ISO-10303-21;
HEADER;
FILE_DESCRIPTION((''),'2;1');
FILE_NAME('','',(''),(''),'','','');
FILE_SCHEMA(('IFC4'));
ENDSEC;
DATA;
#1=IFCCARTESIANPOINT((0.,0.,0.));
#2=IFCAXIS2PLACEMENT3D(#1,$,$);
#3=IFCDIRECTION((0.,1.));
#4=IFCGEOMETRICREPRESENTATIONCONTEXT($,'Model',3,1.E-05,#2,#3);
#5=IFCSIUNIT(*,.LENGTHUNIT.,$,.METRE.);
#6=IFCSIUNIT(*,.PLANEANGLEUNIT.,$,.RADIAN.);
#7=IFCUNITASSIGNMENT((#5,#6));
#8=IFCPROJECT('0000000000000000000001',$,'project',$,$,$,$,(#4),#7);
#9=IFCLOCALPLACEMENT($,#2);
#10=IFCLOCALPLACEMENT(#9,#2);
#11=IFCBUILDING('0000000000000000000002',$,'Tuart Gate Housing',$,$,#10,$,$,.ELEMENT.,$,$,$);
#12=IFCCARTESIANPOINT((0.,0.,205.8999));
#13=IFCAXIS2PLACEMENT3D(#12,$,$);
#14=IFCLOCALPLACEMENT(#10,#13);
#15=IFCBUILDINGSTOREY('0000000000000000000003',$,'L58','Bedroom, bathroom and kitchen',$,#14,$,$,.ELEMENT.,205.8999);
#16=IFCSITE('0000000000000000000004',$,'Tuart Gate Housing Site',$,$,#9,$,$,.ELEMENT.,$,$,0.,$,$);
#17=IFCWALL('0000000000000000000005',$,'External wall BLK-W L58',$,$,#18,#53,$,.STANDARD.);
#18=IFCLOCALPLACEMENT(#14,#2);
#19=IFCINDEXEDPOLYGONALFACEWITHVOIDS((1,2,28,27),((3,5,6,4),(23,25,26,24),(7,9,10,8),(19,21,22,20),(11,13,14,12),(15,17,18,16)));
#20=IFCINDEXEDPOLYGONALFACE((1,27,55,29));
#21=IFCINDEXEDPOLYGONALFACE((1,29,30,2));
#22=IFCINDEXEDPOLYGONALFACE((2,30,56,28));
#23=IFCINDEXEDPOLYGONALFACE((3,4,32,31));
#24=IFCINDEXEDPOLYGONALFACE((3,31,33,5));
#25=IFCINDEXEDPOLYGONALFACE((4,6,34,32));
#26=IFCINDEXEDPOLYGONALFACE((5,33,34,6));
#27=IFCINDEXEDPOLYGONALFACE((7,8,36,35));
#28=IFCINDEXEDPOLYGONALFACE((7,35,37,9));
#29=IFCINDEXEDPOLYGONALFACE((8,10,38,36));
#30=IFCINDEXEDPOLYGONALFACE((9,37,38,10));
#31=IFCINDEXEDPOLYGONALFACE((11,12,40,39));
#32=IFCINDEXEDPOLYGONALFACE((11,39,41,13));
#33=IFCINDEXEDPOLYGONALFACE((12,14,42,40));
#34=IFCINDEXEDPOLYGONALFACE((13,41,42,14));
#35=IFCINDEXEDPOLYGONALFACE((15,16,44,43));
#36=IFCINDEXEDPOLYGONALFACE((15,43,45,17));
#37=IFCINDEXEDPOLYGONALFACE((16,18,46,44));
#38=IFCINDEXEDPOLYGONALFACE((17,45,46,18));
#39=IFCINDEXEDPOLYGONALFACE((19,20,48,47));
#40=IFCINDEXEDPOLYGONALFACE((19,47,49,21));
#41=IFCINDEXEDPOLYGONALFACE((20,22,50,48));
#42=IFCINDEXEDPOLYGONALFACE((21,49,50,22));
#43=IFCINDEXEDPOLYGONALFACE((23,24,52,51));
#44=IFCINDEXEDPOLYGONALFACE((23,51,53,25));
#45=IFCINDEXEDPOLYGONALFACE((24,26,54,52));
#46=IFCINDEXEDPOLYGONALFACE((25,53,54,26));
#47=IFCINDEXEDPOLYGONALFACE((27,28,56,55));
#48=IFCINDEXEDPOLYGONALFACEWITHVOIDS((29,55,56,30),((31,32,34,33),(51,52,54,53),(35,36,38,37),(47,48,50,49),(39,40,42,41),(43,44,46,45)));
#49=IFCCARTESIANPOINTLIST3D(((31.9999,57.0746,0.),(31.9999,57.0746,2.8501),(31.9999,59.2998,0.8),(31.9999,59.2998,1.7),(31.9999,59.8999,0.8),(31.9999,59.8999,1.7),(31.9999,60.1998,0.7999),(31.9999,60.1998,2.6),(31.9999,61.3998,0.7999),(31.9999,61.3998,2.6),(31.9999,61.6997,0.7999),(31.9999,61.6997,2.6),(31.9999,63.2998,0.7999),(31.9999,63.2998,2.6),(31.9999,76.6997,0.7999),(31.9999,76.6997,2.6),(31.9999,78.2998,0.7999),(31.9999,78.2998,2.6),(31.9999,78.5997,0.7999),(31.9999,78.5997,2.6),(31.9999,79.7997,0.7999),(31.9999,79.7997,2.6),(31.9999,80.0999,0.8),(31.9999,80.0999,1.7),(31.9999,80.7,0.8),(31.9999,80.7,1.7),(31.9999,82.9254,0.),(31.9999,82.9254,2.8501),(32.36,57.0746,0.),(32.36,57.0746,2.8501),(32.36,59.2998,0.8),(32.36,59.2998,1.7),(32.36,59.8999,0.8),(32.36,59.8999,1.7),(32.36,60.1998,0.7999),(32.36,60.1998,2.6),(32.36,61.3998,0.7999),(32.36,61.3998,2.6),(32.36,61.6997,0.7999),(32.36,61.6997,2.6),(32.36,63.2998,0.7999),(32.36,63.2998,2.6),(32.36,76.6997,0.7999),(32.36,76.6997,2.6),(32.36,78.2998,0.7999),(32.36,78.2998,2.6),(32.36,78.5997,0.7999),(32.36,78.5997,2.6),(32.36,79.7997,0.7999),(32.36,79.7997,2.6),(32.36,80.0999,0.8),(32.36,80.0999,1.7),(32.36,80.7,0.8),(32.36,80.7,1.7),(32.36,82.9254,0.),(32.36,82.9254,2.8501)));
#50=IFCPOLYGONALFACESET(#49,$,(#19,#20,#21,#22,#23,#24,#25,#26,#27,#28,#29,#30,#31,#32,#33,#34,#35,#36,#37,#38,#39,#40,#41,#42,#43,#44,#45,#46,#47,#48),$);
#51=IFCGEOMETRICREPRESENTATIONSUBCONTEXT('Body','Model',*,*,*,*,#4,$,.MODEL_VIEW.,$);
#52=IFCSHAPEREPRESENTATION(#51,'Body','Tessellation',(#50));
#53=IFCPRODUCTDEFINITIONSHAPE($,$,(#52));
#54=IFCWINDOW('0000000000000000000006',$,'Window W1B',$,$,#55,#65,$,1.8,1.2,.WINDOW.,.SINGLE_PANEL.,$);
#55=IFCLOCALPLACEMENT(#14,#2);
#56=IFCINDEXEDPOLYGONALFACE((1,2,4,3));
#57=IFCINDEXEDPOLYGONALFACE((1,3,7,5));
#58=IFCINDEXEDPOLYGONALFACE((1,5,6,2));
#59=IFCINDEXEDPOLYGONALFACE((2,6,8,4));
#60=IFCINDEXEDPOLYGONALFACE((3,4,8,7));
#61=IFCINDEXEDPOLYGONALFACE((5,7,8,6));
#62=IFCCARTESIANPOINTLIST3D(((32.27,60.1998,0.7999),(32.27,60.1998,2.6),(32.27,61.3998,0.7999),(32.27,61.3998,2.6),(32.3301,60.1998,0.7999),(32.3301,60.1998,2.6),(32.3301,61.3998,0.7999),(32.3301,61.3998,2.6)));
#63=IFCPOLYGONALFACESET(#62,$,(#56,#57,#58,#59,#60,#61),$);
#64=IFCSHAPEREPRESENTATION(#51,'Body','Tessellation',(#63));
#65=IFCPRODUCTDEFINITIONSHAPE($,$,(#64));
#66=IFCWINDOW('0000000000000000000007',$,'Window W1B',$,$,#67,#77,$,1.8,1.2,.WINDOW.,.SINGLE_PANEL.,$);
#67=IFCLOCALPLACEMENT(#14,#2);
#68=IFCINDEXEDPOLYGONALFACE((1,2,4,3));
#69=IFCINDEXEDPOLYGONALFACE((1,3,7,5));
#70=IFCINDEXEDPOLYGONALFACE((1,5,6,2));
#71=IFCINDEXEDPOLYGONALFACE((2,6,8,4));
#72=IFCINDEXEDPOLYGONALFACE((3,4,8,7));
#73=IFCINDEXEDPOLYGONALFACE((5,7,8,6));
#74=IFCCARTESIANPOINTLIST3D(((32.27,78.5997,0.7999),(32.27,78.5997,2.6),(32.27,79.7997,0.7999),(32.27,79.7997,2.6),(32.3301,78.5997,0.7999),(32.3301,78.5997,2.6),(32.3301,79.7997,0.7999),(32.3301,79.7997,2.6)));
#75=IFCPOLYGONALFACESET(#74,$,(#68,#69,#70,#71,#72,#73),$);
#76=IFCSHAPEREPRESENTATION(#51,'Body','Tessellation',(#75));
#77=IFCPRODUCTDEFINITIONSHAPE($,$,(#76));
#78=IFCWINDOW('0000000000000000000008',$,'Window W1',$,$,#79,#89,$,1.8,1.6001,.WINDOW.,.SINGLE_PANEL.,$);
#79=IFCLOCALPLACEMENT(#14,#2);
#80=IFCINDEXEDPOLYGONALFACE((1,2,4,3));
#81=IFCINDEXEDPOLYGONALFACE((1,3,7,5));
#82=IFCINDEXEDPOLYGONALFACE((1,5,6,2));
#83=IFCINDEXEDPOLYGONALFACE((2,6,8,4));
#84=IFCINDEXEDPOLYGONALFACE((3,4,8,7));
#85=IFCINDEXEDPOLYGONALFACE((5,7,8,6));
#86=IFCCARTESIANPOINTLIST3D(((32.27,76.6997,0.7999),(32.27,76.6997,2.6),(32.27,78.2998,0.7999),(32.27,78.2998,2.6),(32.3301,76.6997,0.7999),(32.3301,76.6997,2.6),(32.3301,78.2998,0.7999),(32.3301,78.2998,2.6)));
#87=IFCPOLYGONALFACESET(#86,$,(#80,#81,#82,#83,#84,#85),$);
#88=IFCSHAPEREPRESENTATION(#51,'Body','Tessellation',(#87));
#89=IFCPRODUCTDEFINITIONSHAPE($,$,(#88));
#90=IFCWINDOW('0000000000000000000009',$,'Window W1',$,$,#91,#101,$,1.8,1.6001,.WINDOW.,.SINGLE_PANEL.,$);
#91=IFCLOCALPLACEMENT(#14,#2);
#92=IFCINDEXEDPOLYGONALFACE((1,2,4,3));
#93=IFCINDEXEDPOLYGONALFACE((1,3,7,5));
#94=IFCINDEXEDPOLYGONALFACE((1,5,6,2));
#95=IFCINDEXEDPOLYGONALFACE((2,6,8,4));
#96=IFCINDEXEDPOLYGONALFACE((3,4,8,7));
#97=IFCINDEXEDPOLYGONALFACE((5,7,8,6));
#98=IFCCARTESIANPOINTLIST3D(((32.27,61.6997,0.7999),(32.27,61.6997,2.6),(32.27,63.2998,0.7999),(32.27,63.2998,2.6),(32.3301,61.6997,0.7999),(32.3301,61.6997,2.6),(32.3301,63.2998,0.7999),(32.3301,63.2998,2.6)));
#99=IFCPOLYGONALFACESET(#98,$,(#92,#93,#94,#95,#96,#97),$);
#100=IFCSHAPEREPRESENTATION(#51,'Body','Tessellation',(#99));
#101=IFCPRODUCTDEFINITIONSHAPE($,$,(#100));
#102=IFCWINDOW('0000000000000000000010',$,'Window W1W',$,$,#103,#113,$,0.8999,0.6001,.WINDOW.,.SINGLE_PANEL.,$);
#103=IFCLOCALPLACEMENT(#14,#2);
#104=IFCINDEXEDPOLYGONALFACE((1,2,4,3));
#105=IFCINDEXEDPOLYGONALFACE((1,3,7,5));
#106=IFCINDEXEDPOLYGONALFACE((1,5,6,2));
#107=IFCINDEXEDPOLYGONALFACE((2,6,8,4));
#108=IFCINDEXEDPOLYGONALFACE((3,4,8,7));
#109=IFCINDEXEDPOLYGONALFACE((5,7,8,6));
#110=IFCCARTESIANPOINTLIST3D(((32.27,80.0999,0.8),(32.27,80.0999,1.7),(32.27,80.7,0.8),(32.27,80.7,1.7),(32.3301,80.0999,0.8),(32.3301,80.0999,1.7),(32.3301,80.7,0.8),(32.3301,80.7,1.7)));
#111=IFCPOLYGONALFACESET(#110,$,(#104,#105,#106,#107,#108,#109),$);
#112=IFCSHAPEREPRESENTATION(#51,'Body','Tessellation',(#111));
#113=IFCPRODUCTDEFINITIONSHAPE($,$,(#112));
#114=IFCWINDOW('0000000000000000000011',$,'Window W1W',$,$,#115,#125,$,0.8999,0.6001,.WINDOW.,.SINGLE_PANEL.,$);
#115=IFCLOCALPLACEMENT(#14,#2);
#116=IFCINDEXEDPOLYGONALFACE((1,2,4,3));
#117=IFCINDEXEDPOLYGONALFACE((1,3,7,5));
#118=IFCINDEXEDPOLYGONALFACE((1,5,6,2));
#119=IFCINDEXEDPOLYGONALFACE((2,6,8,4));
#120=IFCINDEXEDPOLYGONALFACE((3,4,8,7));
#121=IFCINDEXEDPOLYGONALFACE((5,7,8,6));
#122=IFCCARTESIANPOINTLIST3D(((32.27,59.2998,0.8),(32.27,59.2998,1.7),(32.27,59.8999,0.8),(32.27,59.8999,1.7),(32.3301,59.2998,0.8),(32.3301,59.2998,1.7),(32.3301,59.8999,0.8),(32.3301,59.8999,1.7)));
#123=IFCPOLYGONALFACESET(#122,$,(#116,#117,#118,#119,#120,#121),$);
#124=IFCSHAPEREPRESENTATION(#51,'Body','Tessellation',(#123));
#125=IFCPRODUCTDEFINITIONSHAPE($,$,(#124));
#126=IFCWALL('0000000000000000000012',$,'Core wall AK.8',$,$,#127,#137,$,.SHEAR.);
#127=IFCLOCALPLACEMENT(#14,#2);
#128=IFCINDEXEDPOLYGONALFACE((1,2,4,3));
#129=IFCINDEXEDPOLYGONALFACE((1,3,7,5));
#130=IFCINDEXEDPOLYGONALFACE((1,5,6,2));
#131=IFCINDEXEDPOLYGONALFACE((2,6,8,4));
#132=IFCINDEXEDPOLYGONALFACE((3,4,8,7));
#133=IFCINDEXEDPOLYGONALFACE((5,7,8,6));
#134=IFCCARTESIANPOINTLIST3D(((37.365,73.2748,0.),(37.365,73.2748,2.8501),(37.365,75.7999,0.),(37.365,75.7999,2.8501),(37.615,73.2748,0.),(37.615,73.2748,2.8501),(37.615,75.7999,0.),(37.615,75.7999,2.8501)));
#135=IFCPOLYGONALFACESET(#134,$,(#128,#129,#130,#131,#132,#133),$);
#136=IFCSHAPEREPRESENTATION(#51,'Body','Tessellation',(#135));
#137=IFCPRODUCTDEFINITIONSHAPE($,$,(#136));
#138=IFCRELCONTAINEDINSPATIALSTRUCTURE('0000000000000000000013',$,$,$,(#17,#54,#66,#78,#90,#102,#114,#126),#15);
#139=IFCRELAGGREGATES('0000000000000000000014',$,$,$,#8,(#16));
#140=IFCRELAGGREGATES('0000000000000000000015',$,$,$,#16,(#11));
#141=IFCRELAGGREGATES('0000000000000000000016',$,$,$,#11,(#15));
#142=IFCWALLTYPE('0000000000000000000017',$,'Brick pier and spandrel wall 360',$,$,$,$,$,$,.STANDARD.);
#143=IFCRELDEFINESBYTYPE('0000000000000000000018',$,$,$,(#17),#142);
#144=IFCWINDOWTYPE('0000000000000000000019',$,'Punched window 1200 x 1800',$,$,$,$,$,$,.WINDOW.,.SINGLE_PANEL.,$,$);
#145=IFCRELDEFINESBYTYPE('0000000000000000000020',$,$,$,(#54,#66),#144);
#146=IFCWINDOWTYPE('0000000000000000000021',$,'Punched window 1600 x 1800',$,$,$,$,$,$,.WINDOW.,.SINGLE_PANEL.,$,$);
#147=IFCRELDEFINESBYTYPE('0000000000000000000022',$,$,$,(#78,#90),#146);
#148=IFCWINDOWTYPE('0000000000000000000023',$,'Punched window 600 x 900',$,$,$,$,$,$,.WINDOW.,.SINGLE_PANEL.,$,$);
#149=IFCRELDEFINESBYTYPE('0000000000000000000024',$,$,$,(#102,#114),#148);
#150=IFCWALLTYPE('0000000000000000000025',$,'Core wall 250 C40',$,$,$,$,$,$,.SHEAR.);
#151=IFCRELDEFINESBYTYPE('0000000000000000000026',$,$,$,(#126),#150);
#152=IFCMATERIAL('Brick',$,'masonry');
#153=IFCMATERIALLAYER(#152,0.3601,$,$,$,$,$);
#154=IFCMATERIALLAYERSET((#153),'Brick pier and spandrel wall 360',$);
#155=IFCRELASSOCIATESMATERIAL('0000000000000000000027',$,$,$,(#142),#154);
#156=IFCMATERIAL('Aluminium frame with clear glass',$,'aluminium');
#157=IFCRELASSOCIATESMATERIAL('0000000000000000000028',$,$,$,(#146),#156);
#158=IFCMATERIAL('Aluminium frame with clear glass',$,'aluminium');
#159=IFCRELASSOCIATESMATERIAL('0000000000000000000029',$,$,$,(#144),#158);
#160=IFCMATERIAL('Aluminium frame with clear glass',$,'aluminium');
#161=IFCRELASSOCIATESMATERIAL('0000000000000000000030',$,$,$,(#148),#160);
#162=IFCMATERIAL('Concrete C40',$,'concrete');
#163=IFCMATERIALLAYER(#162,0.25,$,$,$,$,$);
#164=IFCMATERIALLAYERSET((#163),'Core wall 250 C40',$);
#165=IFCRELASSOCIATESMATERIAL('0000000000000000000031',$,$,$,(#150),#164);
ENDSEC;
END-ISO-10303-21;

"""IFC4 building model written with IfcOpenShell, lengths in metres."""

from ifc_helpers import new_model, si_unit, direction, frame, frame_2d, origin, place, context, subcontext, project, spatial, rectangle, extrude, material, layer, layer_set, type_object, element, fill, save


model = new_model("IFC4")

# Units and contexts
model_context = context("Model", 3, precision=1e-05, world=origin(), true_north=direction((0.0, 1.0)))
body_context = subcontext(model_context, "Body", "Model", "MODEL_VIEW")
ifc_project = project(units=[si_unit("LENGTHUNIT", "METRE"), si_unit("PLANEANGLEUNIT", "RADIAN")], contexts=[model_context])

# Site, building, storey
site_placement = place(None, origin())
site = spatial("IfcSite", under=ifc_project, at=site_placement, Name="Tuart Gate Housing Site", CompositionType="ELEMENT", RefElevation=0.0)
building_placement = place(site_placement, origin())
building = spatial("IfcBuilding", under=site, at=building_placement, Name="Tuart Gate Housing", CompositionType="ELEMENT")
storey_placement = place(building_placement, frame((0.0, 0.0, 205.8999)))
storey = spatial("IfcBuildingStorey", under=building, at=storey_placement, Name="L58", Description="Bedroom, bathroom and kitchen", CompositionType="ELEMENT", Elevation=205.8999)

# Shared definitions
ifc_material_1 = material(Name="Brick", Category="masonry")
ifc_layer_1 = layer(ifc_material_1, 0.3601)
ifc_layer_set_1 = layer_set([ifc_layer_1], Name="Brick pier and spandrel wall 360")
wall_type_1 = type_object("IfcWallType", Name="Brick pier and spandrel wall 360", PredefinedType="STANDARD", material=ifc_layer_set_1)
ifc_material_2 = material(Name="Aluminium frame with clear glass", Category="aluminium")
window_type_1 = type_object("IfcWindowType", Name="Punched window 1600 x 1800", PartitioningType="SINGLE_PANEL", PredefinedType="WINDOW", material=ifc_material_2)

# Wall, openings, windows
wall_1_placement = place(storey_placement, frame((32.1799, 82.9253, 0.0), z_axis=(0.0, 0.0, 1.0), x_axis=(0.0, -1.0, 0.0)))
wall_1 = element("IfcWall", 1, at=wall_1_placement, inside=storey, type_object=wall_type_1, Name="External wall BLK-W L58", PredefinedType="STANDARD", context=body_context, shape_type="SweptSolid", body=[
    extrude(rectangle(XDim=25.8508, YDim=0.3601, at=frame_2d((12.9253, 0.0))), origin(), (0.0, 0.0, 1.0), 2.8501),
])
opening_1_placement = place(wall_1_placement, frame((2.2253, 0.0, 0.8)))
opening_1 = element("IfcOpeningElement", 2, at=opening_1_placement, cuts=wall_1, PredefinedType="OPENING", context=body_context, shape_type="SweptSolid", body=[
    extrude(rectangle(XDim=0.6001, YDim=0.8999, at=frame_2d((0.3, 0.45))), frame((0.0, 0.1899, 0.0), z_axis=(0.0, -1.0, 0.0), x_axis=(1.0, 0.0, 0.0)), (0.0, 0.0, 1.0), 0.3801),
])
opening_2_placement = place(wall_1_placement, frame((4.6255, 0.0, 0.8)))
opening_2 = element("IfcOpeningElement", 3, at=opening_2_placement, cuts=wall_1, PredefinedType="OPENING", context=body_context, shape_type="SweptSolid", body=[
    extrude(rectangle(XDim=1.6001, YDim=1.8, at=frame_2d((0.8, 0.8999))), frame((0.0, 0.1899, 0.0), z_axis=(0.0, -1.0, 0.0), x_axis=(1.0, 0.0, 0.0)), (0.0, 0.0, 1.0), 0.3801),
])
opening_3_placement = place(wall_1_placement, frame((19.6255, 0.0, 0.8)))
opening_3 = element("IfcOpeningElement", 4, at=opening_3_placement, cuts=wall_1, PredefinedType="OPENING", context=body_context, shape_type="SweptSolid", body=[
    extrude(rectangle(XDim=1.6001, YDim=1.8, at=frame_2d((0.8, 0.8999))), frame((0.0, 0.1899, 0.0), z_axis=(0.0, -1.0, 0.0), x_axis=(1.0, 0.0, 0.0)), (0.0, 0.0, 1.0), 0.3801),
])
opening_4_placement = place(wall_1_placement, frame((21.5254, 0.0, 0.8)))
opening_4 = element("IfcOpeningElement", 5, at=opening_4_placement, cuts=wall_1, PredefinedType="OPENING", context=body_context, shape_type="SweptSolid", body=[
    extrude(rectangle(XDim=1.2, YDim=1.8, at=frame_2d((0.6001, 0.8999))), frame((0.0, 0.1899, 0.0), z_axis=(0.0, -1.0, 0.0), x_axis=(1.0, 0.0, 0.0)), (0.0, 0.0, 1.0), 0.3801),
])
opening_5_placement = place(wall_1_placement, frame((3.1255, 0.0, 0.8)))
opening_5 = element("IfcOpeningElement", 6, at=opening_5_placement, cuts=wall_1, PredefinedType="OPENING", context=body_context, shape_type="SweptSolid", body=[
    extrude(rectangle(XDim=1.2, YDim=1.8, at=frame_2d((0.6001, 0.8999))), frame((0.0, 0.1899, 0.0), z_axis=(0.0, -1.0, 0.0), x_axis=(1.0, 0.0, 0.0)), (0.0, 0.0, 1.0), 0.3801),
])
opening_6_placement = place(wall_1_placement, frame((23.0254, 0.0, 0.8)))
opening_6 = element("IfcOpeningElement", 7, at=opening_6_placement, cuts=wall_1, PredefinedType="OPENING", context=body_context, shape_type="SweptSolid", body=[
    extrude(rectangle(XDim=0.6001, YDim=0.8999, at=frame_2d((0.3, 0.45))), frame((0.0, 0.1899, 0.0), z_axis=(0.0, -1.0, 0.0), x_axis=(1.0, 0.0, 0.0)), (0.0, 0.0, 1.0), 0.3801),
])
ifc_material_3 = material(Name="Aluminium frame with clear glass", Category="aluminium")
window_type_2 = type_object("IfcWindowType", Name="Punched window 1200 x 1800", PartitioningType="SINGLE_PANEL", PredefinedType="WINDOW", material=ifc_material_3)
window_1_placement = place(opening_4_placement, origin())
window_1 = element("IfcWindow", 8, at=window_1_placement, inside=storey, type_object=window_type_2, Name="Window W1B", OverallHeight=1.8, OverallWidth=1.2, PartitioningType="SINGLE_PANEL", PredefinedType="WINDOW", context=body_context, shape_type="SweptSolid", body=[
    extrude(rectangle(XDim=1.2, YDim=1.8, at=frame_2d((0.6001, 0.8999))), frame((0.0, 0.1501, 0.0), z_axis=(0.0, -1.0, 0.0), x_axis=(1.0, 0.0, 0.0)), (0.0, 0.0, 1.0), 0.0601),
])
fill(opening_4, window_1)
window_2_placement = place(opening_5_placement, origin())
window_2 = element("IfcWindow", 9, at=window_2_placement, inside=storey, type_object=window_type_2, Name="Window W1B", OverallHeight=1.8, OverallWidth=1.2, PartitioningType="SINGLE_PANEL", PredefinedType="WINDOW", context=body_context, shape_type="SweptSolid", body=[
    extrude(rectangle(XDim=1.2, YDim=1.8, at=frame_2d((0.6001, 0.8999))), frame((0.0, 0.1501, 0.0), z_axis=(0.0, -1.0, 0.0), x_axis=(1.0, 0.0, 0.0)), (0.0, 0.0, 1.0), 0.0601),
])
fill(opening_5, window_2)
window_3_placement = place(opening_2_placement, origin())
window_3 = element("IfcWindow", 10, at=window_3_placement, inside=storey, type_object=window_type_1, Name="Window W1", OverallHeight=1.8, OverallWidth=1.6001, PartitioningType="SINGLE_PANEL", PredefinedType="WINDOW", context=body_context, shape_type="SweptSolid", body=[
    extrude(rectangle(XDim=1.6001, YDim=1.8, at=frame_2d((0.8, 0.8999))), frame((0.0, 0.1501, 0.0), z_axis=(0.0, -1.0, 0.0), x_axis=(1.0, 0.0, 0.0)), (0.0, 0.0, 1.0), 0.0601),
])
fill(opening_2, window_3)
window_4_placement = place(opening_3_placement, origin())
window_4 = element("IfcWindow", 11, at=window_4_placement, inside=storey, type_object=window_type_1, Name="Window W1", OverallHeight=1.8, OverallWidth=1.6001, PartitioningType="SINGLE_PANEL", PredefinedType="WINDOW", context=body_context, shape_type="SweptSolid", body=[
    extrude(rectangle(XDim=1.6001, YDim=1.8, at=frame_2d((0.8, 0.8999))), frame((0.0, 0.1501, 0.0), z_axis=(0.0, -1.0, 0.0), x_axis=(1.0, 0.0, 0.0)), (0.0, 0.0, 1.0), 0.0601),
])
fill(opening_3, window_4)
ifc_material_4 = material(Name="Aluminium frame with clear glass", Category="aluminium")
window_type_3 = type_object("IfcWindowType", Name="Punched window 600 x 900", PartitioningType="SINGLE_PANEL", PredefinedType="WINDOW", material=ifc_material_4)
window_5_placement = place(opening_1_placement, origin())
window_5 = element("IfcWindow", 12, at=window_5_placement, inside=storey, type_object=window_type_3, Name="Window W1W", OverallHeight=0.8999, OverallWidth=0.6001, PartitioningType="SINGLE_PANEL", PredefinedType="WINDOW", context=body_context, shape_type="SweptSolid", body=[
    extrude(rectangle(XDim=0.6001, YDim=0.8999, at=frame_2d((0.3, 0.45))), frame((0.0, 0.1501, 0.0), z_axis=(0.0, -1.0, 0.0), x_axis=(1.0, 0.0, 0.0)), (0.0, 0.0, 1.0), 0.0601),
])
fill(opening_1, window_5)
window_6_placement = place(opening_6_placement, origin())
window_6 = element("IfcWindow", 13, at=window_6_placement, inside=storey, type_object=window_type_3, Name="Window W1W", OverallHeight=0.8999, OverallWidth=0.6001, PartitioningType="SINGLE_PANEL", PredefinedType="WINDOW", context=body_context, shape_type="SweptSolid", body=[
    extrude(rectangle(XDim=0.6001, YDim=0.8999, at=frame_2d((0.3, 0.45))), frame((0.0, 0.1501, 0.0), z_axis=(0.0, -1.0, 0.0), x_axis=(1.0, 0.0, 0.0)), (0.0, 0.0, 1.0), 0.0601),
])
fill(opening_6, window_6)

# Wall
ifc_material_5 = material(Name="Concrete C40", Category="concrete")
ifc_layer_2 = layer(ifc_material_5, 0.25)
ifc_layer_set_2 = layer_set([ifc_layer_2], Name="Core wall 250 C40")
wall_type_2 = type_object("IfcWallType", Name="Core wall 250 C40", PredefinedType="SHEAR", material=ifc_layer_set_2)
wall_2_placement = place(storey_placement, frame((37.49, 75.8, 0.0), z_axis=(0.0, 0.0, 1.0), x_axis=(0.0, -1.0, 0.0)))
element("IfcWall", 14, at=wall_2_placement, inside=storey, type_object=wall_type_2, Name="Core wall AK.8", PredefinedType="SHEAR", context=body_context, shape_type="SweptSolid", body=[
    extrude(rectangle(XDim=2.5251, YDim=0.25, at=frame_2d((1.2627, 0.0))), origin(), (0.0, 0.0, 1.0), 2.8501),
])

save(model, "model.ifc")
